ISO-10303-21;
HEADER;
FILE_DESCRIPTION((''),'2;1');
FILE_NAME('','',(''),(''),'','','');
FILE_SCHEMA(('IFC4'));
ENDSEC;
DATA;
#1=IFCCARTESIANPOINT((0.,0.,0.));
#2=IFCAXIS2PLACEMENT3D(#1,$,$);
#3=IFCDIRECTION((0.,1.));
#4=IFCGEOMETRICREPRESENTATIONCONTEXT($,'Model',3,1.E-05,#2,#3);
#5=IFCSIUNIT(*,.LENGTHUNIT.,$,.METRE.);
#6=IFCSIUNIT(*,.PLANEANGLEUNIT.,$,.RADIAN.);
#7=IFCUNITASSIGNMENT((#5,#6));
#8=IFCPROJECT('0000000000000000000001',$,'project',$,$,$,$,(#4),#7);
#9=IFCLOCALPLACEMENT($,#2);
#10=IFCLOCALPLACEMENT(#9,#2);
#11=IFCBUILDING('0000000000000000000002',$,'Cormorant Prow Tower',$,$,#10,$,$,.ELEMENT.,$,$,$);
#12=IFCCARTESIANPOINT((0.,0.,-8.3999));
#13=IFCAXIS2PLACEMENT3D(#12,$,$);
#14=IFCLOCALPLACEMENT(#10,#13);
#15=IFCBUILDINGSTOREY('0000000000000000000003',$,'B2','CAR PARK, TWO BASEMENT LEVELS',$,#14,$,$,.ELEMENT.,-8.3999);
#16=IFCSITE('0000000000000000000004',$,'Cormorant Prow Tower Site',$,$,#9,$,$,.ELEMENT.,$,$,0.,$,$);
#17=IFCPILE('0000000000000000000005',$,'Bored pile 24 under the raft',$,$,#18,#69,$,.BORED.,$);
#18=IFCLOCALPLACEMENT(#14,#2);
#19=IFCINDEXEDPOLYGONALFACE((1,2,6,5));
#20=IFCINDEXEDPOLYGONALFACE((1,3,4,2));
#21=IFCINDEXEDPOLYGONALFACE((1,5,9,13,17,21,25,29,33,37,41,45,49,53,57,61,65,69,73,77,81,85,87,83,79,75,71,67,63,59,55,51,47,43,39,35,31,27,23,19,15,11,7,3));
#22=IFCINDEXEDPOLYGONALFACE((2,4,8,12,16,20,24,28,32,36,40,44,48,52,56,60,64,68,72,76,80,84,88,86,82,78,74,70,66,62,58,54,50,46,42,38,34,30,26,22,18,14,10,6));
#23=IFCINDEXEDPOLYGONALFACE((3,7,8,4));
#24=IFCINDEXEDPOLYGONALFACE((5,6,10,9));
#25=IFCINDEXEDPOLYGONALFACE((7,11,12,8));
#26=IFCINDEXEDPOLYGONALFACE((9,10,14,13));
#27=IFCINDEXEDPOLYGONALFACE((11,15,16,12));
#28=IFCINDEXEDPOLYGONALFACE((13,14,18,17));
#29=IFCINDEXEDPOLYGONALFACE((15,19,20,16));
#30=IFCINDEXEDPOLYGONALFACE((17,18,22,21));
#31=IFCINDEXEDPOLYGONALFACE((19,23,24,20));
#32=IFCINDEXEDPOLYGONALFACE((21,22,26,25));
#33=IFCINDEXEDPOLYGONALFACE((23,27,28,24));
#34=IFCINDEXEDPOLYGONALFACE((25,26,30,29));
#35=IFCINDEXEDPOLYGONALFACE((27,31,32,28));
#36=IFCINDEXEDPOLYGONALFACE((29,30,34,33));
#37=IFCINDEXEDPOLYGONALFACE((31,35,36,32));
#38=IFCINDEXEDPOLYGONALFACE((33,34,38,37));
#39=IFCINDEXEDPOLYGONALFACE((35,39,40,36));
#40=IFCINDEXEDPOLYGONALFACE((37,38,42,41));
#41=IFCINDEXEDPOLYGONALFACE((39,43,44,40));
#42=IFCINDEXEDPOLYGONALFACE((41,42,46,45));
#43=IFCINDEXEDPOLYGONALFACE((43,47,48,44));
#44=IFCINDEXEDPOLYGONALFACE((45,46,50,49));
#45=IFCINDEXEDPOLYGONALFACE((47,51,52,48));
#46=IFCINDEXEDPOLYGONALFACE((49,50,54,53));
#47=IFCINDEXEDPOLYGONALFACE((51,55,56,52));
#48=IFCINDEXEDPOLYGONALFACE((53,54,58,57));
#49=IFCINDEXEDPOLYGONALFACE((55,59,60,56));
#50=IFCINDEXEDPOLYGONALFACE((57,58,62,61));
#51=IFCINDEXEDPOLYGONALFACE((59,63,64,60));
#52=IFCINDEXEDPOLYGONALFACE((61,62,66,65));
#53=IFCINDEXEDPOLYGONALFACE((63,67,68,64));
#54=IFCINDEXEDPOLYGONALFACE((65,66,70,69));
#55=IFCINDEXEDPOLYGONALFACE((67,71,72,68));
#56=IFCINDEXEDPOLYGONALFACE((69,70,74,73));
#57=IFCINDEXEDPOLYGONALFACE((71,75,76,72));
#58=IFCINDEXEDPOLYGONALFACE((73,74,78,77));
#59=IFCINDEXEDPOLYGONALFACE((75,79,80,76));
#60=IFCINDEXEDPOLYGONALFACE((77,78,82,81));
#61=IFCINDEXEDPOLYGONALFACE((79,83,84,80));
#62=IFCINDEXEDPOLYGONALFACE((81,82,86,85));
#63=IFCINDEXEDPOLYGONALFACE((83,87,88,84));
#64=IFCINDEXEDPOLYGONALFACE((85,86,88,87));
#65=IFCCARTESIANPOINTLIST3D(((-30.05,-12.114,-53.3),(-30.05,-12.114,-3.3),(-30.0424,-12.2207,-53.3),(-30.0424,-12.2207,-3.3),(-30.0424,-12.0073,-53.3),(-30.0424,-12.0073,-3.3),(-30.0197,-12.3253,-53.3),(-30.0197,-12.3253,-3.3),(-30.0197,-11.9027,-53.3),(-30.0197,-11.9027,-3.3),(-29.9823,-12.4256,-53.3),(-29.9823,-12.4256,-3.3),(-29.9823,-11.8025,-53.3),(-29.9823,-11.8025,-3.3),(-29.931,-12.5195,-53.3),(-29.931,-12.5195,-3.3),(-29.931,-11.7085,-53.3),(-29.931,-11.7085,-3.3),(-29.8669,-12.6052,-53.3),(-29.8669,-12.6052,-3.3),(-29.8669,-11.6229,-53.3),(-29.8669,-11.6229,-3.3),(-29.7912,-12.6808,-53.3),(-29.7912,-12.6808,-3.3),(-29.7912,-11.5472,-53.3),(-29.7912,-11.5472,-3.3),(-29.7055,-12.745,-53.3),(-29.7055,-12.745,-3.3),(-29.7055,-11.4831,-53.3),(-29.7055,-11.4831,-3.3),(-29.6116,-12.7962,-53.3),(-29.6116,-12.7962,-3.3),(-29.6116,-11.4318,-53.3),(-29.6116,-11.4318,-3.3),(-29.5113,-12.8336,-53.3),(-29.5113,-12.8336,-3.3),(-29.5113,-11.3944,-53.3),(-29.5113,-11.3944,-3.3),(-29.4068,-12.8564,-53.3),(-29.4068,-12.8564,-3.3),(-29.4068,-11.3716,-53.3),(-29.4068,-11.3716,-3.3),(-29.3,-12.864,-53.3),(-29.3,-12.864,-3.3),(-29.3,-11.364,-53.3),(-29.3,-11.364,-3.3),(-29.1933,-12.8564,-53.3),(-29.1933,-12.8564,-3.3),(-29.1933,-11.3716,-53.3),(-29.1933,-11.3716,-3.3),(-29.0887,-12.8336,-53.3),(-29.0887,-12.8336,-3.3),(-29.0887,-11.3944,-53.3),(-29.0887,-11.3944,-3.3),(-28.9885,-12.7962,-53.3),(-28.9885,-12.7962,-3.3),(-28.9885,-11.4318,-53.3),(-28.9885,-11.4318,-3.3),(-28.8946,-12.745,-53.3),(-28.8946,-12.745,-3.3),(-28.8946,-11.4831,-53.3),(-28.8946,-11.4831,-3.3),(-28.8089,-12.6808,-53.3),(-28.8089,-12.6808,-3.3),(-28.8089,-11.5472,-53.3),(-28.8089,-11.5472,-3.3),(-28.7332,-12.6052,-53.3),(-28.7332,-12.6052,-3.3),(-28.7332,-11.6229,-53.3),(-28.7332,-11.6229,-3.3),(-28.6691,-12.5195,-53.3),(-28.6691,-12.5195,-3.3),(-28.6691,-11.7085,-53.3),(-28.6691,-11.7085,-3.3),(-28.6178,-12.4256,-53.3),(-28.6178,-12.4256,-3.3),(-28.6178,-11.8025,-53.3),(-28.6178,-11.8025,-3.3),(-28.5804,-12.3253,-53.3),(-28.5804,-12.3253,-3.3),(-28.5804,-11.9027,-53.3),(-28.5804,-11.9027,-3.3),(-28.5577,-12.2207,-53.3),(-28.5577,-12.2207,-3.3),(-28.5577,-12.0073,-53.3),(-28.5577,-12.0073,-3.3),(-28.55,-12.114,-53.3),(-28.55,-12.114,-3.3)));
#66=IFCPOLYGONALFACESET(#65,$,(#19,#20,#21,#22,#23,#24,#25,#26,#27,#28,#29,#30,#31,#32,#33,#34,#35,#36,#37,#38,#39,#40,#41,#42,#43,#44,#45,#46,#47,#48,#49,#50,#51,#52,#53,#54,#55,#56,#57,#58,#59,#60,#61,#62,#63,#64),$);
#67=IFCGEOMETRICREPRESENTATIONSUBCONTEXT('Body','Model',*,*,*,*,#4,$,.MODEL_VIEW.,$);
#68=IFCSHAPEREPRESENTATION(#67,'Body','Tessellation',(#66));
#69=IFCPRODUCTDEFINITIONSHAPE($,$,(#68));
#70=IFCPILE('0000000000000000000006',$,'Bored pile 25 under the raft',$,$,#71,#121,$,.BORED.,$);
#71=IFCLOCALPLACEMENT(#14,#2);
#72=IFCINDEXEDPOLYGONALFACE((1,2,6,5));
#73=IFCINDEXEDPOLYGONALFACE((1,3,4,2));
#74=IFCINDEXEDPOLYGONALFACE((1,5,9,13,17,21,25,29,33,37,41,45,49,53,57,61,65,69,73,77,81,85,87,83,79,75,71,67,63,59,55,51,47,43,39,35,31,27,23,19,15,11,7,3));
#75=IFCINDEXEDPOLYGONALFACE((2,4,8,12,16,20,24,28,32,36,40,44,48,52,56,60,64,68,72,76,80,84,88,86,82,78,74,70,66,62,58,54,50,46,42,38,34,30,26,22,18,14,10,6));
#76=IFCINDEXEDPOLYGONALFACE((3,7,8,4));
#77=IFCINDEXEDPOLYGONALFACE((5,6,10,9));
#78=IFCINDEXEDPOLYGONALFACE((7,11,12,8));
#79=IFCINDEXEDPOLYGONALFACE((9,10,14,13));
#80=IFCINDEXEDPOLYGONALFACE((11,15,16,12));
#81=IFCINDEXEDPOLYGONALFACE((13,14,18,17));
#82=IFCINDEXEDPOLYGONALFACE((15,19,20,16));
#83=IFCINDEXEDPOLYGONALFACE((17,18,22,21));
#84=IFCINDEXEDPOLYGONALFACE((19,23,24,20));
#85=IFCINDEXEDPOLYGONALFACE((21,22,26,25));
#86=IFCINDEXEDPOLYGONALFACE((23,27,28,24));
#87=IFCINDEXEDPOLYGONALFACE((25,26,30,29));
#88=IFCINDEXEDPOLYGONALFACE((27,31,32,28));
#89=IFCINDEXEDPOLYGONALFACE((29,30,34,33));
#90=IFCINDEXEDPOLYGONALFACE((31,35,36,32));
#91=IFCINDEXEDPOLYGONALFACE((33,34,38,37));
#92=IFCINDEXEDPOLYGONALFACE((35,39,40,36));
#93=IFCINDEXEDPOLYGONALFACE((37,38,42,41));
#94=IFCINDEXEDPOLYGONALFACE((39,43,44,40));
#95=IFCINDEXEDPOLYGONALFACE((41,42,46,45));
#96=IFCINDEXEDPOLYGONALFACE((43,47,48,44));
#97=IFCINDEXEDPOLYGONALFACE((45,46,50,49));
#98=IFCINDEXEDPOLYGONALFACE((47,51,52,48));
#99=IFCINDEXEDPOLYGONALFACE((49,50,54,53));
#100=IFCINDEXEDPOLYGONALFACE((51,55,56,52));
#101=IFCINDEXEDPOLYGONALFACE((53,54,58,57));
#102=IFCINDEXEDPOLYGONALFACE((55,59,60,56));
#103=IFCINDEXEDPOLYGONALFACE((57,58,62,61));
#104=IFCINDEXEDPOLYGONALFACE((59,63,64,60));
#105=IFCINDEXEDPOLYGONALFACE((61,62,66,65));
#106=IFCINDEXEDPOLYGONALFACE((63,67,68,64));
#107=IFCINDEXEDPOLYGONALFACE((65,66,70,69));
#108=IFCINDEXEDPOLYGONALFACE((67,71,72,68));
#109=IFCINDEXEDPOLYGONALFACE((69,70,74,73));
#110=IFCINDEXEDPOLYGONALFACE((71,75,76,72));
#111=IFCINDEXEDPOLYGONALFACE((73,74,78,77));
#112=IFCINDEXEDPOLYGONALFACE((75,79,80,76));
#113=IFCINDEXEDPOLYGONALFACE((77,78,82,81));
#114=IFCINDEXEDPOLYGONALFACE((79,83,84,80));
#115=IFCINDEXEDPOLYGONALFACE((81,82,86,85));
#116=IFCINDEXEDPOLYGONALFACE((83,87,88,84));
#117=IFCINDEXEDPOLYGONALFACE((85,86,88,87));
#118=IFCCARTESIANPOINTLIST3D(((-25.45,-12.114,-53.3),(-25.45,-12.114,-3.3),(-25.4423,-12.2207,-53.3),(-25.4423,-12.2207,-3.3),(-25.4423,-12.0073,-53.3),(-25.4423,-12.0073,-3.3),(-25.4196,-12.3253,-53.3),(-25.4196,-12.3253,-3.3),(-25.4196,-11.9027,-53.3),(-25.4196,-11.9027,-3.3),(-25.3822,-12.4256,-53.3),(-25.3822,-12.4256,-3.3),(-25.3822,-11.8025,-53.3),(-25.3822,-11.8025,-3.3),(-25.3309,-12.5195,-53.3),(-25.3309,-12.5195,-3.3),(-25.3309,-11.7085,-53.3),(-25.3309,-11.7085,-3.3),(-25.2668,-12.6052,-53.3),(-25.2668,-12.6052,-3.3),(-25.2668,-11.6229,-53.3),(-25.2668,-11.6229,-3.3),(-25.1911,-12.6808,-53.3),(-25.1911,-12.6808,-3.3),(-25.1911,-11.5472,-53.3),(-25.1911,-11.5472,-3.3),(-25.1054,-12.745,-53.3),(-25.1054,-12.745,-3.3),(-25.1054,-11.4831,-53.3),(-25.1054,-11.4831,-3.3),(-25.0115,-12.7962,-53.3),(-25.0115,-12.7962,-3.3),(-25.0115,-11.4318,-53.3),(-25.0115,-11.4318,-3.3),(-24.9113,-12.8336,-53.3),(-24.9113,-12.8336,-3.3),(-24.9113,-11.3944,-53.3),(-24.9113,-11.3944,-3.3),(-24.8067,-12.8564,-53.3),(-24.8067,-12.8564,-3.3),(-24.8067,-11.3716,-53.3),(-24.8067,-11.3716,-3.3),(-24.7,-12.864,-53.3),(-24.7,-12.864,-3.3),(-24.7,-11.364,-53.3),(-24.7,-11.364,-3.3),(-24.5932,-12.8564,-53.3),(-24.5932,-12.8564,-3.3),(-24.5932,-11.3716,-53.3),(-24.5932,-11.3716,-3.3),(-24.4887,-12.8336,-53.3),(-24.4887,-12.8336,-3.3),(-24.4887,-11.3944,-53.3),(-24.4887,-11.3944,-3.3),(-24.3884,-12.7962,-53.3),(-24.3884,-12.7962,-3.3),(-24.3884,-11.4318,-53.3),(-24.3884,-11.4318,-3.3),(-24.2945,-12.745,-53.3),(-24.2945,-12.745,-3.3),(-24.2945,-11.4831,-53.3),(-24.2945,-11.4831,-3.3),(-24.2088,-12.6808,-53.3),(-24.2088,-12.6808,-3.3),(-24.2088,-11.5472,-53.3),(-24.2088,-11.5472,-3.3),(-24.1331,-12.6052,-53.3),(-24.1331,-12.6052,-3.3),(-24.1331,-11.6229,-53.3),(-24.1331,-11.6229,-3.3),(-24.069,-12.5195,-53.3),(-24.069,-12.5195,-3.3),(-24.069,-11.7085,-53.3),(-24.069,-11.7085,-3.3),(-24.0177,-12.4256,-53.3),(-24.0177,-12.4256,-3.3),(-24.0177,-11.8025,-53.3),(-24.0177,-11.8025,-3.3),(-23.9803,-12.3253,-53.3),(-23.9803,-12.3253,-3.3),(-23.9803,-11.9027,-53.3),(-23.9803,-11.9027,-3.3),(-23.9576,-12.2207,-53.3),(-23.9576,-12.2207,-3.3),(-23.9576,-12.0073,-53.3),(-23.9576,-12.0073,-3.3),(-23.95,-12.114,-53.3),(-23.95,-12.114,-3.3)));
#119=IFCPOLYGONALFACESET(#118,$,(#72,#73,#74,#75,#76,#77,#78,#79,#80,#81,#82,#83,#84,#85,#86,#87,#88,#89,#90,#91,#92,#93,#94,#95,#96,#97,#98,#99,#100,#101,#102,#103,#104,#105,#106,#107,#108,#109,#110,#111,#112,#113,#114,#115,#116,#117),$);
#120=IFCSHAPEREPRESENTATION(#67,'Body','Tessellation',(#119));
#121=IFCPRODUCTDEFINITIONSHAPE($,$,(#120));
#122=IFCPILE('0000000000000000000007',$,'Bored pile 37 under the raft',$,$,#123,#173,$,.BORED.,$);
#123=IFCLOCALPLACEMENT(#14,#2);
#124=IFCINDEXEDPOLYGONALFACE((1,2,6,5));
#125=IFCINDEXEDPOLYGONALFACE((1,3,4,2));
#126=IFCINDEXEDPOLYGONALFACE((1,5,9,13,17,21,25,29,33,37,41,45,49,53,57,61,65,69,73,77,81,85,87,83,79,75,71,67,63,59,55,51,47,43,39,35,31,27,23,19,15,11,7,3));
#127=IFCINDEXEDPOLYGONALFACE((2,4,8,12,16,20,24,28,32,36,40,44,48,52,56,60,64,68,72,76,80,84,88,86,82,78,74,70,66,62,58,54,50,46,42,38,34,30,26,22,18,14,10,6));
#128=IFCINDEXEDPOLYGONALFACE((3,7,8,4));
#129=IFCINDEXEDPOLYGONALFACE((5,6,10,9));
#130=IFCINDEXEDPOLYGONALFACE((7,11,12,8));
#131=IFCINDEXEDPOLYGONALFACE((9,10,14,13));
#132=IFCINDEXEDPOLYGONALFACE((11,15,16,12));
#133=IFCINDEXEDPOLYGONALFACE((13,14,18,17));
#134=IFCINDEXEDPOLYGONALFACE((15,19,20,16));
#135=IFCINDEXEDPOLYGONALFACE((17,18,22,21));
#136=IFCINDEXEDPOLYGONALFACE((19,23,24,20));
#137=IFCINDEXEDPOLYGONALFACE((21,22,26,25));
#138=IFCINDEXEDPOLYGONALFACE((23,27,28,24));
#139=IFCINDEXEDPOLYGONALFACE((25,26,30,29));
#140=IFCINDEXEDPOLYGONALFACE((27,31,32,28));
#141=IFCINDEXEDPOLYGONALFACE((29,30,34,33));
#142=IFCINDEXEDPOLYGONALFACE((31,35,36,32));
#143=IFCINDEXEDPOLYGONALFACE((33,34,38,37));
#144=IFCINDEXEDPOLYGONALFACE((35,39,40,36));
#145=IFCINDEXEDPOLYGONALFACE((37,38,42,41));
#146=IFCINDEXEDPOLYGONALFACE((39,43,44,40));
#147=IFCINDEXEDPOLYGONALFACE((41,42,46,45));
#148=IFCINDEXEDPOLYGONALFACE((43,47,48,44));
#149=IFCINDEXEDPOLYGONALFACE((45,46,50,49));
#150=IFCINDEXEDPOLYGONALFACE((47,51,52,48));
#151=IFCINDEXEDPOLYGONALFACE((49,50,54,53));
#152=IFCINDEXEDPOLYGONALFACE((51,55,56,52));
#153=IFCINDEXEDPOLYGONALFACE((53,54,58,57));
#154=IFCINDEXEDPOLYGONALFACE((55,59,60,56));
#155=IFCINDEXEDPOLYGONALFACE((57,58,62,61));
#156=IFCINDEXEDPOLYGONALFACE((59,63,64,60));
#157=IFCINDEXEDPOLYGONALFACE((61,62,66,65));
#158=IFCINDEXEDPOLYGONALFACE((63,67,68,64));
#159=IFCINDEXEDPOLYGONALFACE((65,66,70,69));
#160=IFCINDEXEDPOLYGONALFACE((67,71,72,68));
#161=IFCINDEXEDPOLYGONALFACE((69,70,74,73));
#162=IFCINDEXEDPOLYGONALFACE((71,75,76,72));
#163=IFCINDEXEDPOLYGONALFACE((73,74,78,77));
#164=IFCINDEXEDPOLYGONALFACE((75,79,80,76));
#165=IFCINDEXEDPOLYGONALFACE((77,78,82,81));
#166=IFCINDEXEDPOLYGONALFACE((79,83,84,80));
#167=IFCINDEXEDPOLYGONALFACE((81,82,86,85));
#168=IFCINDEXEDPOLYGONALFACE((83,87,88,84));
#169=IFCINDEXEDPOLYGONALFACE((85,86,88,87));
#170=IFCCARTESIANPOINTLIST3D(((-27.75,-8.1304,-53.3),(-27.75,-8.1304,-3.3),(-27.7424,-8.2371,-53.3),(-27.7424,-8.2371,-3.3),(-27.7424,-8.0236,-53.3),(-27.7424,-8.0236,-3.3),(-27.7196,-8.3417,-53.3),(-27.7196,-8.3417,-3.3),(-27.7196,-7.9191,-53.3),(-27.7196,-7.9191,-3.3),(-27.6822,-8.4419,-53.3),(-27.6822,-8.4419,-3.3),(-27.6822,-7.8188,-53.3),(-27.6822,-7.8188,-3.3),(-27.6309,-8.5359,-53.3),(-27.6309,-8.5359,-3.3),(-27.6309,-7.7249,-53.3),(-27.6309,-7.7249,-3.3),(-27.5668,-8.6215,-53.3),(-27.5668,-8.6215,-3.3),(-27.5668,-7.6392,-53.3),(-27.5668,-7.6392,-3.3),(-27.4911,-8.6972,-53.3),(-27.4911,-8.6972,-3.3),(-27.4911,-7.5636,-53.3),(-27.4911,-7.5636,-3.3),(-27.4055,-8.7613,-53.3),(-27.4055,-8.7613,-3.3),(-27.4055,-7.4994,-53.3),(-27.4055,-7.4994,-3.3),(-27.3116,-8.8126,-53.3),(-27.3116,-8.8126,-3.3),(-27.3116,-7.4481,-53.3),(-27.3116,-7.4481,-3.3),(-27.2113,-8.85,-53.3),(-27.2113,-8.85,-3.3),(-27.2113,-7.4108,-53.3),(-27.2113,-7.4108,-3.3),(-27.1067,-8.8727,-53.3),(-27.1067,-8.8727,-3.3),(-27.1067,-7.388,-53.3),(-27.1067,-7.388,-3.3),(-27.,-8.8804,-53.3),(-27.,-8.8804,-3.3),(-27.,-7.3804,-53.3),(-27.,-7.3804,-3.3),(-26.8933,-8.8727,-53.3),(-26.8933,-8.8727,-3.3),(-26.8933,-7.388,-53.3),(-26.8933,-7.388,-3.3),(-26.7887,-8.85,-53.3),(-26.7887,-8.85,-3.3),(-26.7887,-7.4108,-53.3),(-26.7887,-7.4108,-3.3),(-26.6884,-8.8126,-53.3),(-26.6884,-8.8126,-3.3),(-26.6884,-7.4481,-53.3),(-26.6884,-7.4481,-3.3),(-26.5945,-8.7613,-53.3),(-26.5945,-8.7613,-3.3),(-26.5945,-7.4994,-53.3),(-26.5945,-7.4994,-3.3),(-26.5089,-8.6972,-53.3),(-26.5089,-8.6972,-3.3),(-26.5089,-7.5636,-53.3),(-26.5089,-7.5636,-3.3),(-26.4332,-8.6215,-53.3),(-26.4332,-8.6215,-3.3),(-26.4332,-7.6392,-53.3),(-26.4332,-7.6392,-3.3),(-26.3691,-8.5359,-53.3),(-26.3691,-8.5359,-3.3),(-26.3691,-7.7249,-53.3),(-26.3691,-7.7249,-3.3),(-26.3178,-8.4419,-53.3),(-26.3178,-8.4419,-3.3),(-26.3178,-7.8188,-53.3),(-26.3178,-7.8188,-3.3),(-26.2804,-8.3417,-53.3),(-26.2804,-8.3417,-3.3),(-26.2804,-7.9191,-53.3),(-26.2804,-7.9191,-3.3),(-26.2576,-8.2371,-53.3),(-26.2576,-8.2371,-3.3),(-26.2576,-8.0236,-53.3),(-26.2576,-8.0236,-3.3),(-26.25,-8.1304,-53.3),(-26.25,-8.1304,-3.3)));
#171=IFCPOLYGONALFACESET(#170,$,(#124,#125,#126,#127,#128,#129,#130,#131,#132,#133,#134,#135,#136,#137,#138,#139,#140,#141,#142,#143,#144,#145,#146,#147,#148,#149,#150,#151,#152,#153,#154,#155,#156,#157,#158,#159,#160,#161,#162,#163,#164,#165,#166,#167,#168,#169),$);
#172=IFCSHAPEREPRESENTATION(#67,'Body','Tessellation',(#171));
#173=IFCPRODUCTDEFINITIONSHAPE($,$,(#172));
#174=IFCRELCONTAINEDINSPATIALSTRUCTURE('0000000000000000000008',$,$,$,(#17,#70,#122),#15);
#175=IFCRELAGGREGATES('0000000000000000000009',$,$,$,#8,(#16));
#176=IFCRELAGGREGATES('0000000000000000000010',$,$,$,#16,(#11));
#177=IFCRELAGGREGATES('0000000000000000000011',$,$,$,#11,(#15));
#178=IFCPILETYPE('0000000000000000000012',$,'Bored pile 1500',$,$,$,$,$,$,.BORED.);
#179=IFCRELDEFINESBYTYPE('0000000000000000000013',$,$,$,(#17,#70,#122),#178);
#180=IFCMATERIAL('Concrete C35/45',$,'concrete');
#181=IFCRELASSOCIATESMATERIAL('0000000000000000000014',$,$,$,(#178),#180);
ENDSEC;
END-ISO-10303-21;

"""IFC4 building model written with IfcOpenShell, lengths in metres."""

from ifc_helpers import new_model, si_unit, direction, frame, origin, origin_2d, place, context, subcontext, project, spatial, circle, extrude, material, material_profile, profile_set, type_object, element, save


model = new_model("IFC4")

# Units and contexts
model_context = context("Model", 3, precision=1e-05, world=origin(), true_north=direction((0.0, 1.0)))
body_context = subcontext(model_context, "Body", "Model", "MODEL_VIEW")
ifc_project = project(units=[si_unit("LENGTHUNIT", "METRE"), si_unit("PLANEANGLEUNIT", "RADIAN")], contexts=[model_context])

# Site, building, storey
site_placement = place(None, origin())
site = spatial("IfcSite", under=ifc_project, at=site_placement, Name="Cormorant Prow Tower Site", CompositionType="ELEMENT", RefElevation=0.0)
building_placement = place(site_placement, origin())
building = spatial("IfcBuilding", under=site, at=building_placement, Name="Cormorant Prow Tower", CompositionType="ELEMENT")
storey_placement = place(building_placement, frame((0.0, 0.0, -8.3999)))
storey = spatial("IfcBuildingStorey", under=building, at=storey_placement, Name="B2", Description="CAR PARK, TWO BASEMENT LEVELS", CompositionType="ELEMENT", Elevation=-8.3999)

# Piles
ifc_material_1 = material(Name="Concrete C35/45", Category="concrete")
ifc_material_profile_1 = material_profile(ifc_material_1, circle(Radius=0.75, at=origin_2d()), Name="Round 1500")
ifc_profile_set_1 = profile_set([ifc_material_profile_1], Name="Concrete C35/45")
pile_type_1 = type_object("IfcPileType", Name="Bored pile 1500", PredefinedType="BORED", material=ifc_profile_set_1)
for number, where, z_axis, x_axis, name in (
    (1, (-29.3, -12.114, -3.3), (0.0, 0.0, -1.0), (1.0, 0.0, 0.0), "Bored pile 24 under the raft"),
    (2, (-24.7, -12.114, -3.3), (0.0, 0.0, -1.0), (1.0, 0.0, 0.0), "Bored pile 25 under the raft"),
    (3, (-27.0, -8.1304, -3.3), (0.0, 0.0, -1.0), (1.0, 0.0, 0.0), "Bored pile 37 under the raft"),
):
    element("IfcPile", number, at=place(storey_placement, frame(where, z_axis=z_axis, x_axis=x_axis)), inside=storey, type_object=pile_type_1, Name=name, PredefinedType="BORED", context=body_context, shape_type="SweptSolid", body=[
        extrude(circle(Radius=0.75, at=origin_2d()), origin(), (0.0, 0.0, 1.0), 50.0),
    ])

save(model, "model.ifc")
